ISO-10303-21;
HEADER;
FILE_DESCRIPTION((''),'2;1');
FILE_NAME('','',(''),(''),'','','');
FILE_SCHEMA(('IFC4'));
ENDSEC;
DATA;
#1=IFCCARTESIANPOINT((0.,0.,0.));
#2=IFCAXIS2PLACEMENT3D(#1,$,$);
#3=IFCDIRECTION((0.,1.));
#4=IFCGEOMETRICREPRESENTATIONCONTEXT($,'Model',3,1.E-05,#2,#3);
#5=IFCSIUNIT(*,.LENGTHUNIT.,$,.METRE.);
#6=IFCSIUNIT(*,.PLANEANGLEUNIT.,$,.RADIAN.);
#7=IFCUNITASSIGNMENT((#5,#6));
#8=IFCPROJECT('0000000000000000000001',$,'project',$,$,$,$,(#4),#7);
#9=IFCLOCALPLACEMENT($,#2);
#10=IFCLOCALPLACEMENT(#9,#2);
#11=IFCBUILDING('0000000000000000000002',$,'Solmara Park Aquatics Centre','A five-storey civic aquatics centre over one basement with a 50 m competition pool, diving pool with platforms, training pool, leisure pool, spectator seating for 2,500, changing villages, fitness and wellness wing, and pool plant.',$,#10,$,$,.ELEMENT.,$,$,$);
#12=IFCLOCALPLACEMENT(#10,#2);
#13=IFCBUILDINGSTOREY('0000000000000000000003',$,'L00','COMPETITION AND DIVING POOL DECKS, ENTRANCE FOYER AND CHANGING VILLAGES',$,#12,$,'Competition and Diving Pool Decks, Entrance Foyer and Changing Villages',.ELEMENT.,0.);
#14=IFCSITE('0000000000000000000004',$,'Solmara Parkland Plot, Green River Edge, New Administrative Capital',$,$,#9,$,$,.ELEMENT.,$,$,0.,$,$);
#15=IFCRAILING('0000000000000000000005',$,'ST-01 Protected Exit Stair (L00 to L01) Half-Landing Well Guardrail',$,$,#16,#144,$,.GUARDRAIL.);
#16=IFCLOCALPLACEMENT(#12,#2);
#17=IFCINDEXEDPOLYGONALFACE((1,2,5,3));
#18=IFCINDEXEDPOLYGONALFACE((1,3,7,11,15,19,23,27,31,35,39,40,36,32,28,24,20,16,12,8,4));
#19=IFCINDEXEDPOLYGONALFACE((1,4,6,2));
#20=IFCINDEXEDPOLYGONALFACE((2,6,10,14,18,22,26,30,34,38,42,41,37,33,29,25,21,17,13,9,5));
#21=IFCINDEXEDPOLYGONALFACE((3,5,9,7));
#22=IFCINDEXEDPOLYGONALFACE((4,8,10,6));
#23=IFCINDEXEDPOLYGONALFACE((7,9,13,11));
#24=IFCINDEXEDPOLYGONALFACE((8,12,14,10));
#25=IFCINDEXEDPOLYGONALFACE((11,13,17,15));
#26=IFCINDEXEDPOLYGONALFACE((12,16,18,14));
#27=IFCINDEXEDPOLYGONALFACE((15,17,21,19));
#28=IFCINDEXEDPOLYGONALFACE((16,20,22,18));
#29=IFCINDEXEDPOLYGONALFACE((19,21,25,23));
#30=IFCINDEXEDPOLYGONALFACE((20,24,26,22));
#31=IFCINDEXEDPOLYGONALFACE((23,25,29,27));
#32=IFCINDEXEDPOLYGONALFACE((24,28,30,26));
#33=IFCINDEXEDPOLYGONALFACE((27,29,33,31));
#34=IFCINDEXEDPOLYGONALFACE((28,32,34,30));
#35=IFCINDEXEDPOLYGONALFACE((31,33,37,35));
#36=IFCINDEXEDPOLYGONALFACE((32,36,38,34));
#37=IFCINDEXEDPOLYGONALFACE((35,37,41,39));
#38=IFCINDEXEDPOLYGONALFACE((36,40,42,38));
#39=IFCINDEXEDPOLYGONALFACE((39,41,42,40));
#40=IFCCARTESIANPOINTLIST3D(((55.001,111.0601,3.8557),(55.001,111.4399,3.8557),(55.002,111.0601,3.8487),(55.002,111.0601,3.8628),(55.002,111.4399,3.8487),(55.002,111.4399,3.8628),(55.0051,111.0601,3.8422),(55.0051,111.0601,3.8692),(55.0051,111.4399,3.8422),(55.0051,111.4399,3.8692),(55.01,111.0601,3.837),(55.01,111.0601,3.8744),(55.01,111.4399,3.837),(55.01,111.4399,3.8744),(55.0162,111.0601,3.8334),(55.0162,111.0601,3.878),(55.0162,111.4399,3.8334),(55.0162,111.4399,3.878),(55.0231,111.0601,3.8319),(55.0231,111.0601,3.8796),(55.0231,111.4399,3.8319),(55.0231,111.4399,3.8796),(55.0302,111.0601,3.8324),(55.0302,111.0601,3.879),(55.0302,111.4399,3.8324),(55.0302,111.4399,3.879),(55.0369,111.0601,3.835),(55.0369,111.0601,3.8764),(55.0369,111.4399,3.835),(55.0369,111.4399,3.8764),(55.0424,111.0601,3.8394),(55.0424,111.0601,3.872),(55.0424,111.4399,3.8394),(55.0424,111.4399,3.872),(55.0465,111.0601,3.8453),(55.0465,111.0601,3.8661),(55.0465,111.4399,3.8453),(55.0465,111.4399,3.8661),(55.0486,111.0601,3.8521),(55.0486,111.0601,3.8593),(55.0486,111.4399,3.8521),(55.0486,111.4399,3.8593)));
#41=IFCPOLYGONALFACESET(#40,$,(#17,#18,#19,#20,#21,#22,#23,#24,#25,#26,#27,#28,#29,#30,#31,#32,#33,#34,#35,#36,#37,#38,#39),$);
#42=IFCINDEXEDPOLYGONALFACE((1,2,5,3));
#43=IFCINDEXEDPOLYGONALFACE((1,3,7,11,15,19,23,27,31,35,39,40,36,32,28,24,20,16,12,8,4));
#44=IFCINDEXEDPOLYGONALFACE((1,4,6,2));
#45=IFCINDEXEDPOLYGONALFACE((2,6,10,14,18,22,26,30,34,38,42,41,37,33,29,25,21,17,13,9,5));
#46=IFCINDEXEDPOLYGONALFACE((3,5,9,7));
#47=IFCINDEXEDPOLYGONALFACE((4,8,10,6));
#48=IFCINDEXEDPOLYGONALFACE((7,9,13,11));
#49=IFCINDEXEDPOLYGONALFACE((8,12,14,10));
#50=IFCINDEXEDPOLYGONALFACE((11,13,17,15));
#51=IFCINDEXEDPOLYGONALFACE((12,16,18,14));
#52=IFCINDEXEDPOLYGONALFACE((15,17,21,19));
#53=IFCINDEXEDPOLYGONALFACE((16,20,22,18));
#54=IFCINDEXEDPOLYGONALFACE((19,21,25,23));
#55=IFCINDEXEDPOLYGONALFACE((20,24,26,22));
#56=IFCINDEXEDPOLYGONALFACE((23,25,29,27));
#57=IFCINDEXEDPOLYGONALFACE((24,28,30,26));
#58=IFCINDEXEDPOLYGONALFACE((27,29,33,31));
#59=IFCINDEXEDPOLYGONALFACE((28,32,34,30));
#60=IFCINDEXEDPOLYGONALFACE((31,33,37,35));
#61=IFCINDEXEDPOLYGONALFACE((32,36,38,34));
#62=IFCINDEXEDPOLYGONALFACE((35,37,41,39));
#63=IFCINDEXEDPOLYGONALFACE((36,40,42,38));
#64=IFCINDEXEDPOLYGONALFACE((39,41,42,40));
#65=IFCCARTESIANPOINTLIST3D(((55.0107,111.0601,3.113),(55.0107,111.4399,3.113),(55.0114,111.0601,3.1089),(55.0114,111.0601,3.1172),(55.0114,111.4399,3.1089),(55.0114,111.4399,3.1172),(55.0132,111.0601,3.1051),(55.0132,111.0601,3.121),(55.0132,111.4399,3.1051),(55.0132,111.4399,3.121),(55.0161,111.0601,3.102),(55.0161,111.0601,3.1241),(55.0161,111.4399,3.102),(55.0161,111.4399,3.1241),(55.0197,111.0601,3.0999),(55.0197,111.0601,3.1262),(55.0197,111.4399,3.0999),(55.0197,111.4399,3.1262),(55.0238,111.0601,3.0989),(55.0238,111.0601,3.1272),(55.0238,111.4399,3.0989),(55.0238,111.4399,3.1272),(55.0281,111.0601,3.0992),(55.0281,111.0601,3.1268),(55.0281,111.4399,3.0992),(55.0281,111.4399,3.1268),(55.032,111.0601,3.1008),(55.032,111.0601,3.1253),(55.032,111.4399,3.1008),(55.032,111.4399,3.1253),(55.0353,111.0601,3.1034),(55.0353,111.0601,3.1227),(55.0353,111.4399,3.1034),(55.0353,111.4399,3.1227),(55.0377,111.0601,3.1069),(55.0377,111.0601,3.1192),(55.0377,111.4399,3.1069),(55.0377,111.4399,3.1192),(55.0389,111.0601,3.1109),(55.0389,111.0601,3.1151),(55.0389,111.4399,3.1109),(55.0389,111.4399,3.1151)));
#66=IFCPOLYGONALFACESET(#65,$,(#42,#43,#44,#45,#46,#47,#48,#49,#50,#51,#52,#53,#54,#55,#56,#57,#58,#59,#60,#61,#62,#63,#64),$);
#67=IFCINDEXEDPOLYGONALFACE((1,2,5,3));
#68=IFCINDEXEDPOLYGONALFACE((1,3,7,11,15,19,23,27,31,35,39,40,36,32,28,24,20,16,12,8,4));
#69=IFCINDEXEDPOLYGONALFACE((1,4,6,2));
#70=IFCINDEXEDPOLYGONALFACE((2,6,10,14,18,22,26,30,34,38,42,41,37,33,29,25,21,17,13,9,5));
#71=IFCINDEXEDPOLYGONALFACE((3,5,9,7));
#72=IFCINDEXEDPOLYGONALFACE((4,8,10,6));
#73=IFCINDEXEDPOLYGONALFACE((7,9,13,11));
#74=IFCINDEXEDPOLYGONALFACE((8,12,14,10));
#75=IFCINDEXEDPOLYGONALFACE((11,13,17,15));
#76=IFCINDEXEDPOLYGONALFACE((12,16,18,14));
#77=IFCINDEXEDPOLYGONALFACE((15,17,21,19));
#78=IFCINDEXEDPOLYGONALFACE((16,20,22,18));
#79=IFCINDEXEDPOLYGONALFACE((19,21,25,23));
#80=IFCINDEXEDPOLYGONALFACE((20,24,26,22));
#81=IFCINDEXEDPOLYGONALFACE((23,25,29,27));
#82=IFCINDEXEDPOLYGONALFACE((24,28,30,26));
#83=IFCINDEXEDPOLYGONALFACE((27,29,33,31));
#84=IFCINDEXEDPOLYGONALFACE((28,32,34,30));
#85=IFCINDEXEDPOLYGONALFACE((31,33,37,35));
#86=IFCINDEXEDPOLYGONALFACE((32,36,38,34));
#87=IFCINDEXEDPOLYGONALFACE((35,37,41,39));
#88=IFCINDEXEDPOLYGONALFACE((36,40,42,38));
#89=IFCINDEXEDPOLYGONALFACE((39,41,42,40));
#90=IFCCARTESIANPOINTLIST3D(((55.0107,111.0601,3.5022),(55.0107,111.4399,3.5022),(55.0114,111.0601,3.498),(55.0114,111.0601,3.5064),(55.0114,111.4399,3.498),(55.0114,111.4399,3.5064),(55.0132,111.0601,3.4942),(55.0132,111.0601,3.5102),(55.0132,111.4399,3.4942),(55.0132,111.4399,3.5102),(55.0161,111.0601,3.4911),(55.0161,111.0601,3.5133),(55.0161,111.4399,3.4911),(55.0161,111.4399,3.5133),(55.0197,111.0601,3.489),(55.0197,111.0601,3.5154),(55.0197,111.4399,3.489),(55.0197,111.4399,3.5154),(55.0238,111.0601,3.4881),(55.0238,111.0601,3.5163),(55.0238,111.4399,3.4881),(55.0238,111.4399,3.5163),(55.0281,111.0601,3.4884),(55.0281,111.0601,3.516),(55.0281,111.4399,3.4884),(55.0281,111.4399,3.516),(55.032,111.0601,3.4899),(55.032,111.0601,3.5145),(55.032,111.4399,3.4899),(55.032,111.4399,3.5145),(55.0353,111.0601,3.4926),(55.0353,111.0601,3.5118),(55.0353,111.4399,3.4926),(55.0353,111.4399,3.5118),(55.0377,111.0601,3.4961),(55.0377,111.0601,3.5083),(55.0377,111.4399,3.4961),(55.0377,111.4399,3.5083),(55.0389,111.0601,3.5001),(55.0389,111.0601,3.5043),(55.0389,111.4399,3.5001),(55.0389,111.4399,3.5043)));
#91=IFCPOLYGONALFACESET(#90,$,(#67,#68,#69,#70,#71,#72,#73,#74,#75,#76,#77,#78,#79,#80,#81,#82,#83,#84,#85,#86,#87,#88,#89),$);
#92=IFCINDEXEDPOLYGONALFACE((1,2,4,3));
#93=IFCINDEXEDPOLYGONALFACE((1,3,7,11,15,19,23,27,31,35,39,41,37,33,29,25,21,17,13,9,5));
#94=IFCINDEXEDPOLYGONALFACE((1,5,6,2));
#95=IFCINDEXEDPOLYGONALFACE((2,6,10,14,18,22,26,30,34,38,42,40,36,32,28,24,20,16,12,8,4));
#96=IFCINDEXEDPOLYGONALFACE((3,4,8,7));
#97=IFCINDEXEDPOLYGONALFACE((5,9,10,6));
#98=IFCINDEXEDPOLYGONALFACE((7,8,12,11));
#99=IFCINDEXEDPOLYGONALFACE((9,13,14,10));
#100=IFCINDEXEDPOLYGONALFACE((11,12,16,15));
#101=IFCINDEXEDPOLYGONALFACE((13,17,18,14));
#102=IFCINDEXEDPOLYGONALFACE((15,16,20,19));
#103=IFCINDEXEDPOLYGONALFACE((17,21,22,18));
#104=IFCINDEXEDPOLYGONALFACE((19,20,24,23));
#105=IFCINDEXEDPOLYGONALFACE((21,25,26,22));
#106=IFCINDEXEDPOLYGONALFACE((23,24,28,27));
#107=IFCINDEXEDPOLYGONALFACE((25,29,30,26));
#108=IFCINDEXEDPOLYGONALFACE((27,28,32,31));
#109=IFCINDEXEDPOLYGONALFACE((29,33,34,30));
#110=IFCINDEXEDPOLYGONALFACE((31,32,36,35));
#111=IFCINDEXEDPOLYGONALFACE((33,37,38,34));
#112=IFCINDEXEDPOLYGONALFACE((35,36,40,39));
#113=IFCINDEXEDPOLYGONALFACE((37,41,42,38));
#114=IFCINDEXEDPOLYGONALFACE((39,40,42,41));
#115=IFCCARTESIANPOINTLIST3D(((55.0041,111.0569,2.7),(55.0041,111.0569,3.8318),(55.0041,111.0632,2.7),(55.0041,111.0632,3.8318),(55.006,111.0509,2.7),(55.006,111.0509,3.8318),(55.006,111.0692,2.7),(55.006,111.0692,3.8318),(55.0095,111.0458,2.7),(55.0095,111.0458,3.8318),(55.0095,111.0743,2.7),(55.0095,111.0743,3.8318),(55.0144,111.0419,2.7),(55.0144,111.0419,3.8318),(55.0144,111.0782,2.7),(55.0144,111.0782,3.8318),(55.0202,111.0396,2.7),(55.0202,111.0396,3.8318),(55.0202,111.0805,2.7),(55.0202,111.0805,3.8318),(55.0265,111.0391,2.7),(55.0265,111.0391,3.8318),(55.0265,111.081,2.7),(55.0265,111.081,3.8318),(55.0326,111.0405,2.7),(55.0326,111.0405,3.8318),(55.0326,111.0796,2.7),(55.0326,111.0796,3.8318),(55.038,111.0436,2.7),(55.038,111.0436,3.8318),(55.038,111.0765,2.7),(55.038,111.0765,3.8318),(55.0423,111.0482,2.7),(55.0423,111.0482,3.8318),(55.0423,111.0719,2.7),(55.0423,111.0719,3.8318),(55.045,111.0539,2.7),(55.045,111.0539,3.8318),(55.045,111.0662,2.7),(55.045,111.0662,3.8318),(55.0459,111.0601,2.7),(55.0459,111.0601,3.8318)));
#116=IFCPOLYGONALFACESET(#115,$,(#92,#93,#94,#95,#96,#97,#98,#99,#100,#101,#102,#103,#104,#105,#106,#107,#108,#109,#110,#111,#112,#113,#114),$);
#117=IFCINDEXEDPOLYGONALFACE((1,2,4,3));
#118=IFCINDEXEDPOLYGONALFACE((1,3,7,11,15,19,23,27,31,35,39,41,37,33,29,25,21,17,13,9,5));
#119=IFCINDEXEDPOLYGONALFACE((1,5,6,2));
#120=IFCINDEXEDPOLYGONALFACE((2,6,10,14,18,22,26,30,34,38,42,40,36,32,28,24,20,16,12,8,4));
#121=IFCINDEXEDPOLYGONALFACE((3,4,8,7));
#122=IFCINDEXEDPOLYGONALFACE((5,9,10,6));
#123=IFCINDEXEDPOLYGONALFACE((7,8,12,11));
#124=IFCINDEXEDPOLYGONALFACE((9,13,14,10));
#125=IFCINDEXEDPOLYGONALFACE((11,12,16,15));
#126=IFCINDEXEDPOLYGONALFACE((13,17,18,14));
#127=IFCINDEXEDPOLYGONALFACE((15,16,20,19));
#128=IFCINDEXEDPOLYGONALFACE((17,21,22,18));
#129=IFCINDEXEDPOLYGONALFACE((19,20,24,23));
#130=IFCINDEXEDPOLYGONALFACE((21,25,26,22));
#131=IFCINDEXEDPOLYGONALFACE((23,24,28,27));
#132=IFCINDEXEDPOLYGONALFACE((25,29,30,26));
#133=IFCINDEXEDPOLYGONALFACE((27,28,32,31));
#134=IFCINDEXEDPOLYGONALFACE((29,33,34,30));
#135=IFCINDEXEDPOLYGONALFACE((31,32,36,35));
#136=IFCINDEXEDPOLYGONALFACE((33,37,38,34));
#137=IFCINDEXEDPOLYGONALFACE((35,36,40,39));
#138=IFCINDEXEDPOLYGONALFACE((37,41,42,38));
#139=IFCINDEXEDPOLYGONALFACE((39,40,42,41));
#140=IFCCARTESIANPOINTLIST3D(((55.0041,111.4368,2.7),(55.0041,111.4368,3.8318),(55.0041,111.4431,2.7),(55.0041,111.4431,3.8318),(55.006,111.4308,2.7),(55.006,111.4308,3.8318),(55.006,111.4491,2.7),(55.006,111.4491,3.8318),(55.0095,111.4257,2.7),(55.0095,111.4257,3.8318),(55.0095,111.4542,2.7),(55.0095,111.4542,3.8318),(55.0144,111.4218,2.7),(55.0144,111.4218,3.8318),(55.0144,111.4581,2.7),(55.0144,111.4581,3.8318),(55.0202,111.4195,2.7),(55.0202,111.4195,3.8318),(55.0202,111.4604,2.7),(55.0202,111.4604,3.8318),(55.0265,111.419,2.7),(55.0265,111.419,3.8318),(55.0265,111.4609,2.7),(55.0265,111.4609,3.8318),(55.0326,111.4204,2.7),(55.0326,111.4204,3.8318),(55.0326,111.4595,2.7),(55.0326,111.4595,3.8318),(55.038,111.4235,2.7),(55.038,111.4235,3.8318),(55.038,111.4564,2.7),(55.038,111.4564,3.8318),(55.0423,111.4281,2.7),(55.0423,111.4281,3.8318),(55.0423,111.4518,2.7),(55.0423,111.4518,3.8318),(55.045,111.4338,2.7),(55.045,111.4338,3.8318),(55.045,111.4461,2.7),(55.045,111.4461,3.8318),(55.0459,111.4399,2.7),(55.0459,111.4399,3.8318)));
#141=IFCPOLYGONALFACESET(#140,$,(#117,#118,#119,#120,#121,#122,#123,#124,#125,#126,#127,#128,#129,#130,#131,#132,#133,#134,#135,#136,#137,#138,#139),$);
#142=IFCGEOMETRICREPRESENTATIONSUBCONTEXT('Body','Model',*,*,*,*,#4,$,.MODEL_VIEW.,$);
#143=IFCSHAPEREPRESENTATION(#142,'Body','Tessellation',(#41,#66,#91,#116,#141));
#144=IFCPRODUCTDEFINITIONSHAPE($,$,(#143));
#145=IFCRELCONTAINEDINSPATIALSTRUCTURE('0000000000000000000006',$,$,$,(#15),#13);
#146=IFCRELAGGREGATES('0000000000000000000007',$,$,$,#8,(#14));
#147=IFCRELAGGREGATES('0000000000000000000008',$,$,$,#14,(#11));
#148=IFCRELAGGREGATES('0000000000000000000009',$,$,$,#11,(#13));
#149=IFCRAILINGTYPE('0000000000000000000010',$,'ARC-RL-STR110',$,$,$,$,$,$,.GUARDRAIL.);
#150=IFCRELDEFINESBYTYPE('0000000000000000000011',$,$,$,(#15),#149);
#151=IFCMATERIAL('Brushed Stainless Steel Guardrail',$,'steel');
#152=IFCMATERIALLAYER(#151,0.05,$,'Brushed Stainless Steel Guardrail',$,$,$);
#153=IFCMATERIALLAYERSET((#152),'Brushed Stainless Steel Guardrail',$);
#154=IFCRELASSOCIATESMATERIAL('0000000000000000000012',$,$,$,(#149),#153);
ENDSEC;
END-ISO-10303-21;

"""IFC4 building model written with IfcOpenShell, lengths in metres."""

from ifc_helpers import new_model, si_unit, direction, frame, origin, origin_2d, place, context, subcontext, project, spatial, circle, extrude, material, layer, layer_set, type_object, element, save


model = new_model("IFC4")

# Units and contexts
model_context = context("Model", 3, precision=1e-05, world=origin(), true_north=direction((0.0, 1.0)))
body_context = subcontext(model_context, "Body", "Model", "MODEL_VIEW")
ifc_project = project(units=[si_unit("LENGTHUNIT", "METRE"), si_unit("PLANEANGLEUNIT", "RADIAN")], contexts=[model_context])

# Site, building, storey
site_placement = place(None, origin())
site = spatial("IfcSite", under=ifc_project, at=site_placement, Name="Solmara Parkland Plot, Green River Edge, New Administrative Capital", CompositionType="ELEMENT", RefElevation=0.0)
building_placement = place(site_placement, origin())
building = spatial("IfcBuilding", under=site, at=building_placement, Name="Solmara Park Aquatics Centre", Description="A five-storey civic aquatics centre over one basement with a 50 m competition pool, diving pool with platforms, training pool, leisure pool, spectator seating for 2,500, changing villages, fitness and wellness wing, and pool plant.", CompositionType="ELEMENT")
storey_placement = place(building_placement, origin())
storey = spatial("IfcBuildingStorey", under=building, at=storey_placement, Name="L00", Description="COMPETITION AND DIVING POOL DECKS, ENTRANCE FOYER AND CHANGING VILLAGES", LongName="Competition and Diving Pool Decks, Entrance Foyer and Changing Villages", CompositionType="ELEMENT", Elevation=0.0)

# Railing
ifc_material_1 = material(Name="Brushed Stainless Steel Guardrail", Category="steel")
ifc_layer_1 = layer(ifc_material_1, 0.05, Name="Brushed Stainless Steel Guardrail")
ifc_layer_set_1 = layer_set([ifc_layer_1], Name="Brushed Stainless Steel Guardrail")
railing_type_1 = type_object("IfcRailingType", Name="ARC-RL-STR110", PredefinedType="GUARDRAIL", material=ifc_layer_set_1)
railing_1_placement = place(storey_placement, frame((55.0249, 111.0601, 2.7)))
element("IfcRailing", 1, at=railing_1_placement, inside=storey, type_object=railing_type_1, Name="ST-01 Protected Exit Stair (L00 to L01) Half-Landing Well Guardrail", PredefinedType="GUARDRAIL", context=body_context, shape_type="SweptSolid", body=[
    extrude(circle(Radius=0.0239, at=origin_2d()), frame((0.0, 0.0, 1.1558), z_axis=(0.0, 1.0, 0.0), x_axis=(-1.0, 0.0, 0.0)), (0.0, 0.0, 1.0), 0.3799),
    extrude(circle(Radius=0.0142, at=origin_2d()), frame((0.0, 0.0, 0.4131), z_axis=(0.0, 1.0, 0.0), x_axis=(-1.0, 0.0, 0.0)), (0.0, 0.0, 1.0), 0.3799),
    extrude(circle(Radius=0.0142, at=origin_2d()), frame((0.0, 0.0, 0.8022), z_axis=(0.0, 1.0, 0.0), x_axis=(-1.0, 0.0, 0.0)), (0.0, 0.0, 1.0), 0.3799),
    extrude(circle(Radius=0.021, at=origin_2d()), origin(), (0.0, 0.0, 1.0), 1.1318),
    extrude(circle(Radius=0.021, at=origin_2d()), frame((0.0, 0.3799, 0.0)), (0.0, 0.0, 1.0), 1.1318),
])

save(model, "model.ifc")
